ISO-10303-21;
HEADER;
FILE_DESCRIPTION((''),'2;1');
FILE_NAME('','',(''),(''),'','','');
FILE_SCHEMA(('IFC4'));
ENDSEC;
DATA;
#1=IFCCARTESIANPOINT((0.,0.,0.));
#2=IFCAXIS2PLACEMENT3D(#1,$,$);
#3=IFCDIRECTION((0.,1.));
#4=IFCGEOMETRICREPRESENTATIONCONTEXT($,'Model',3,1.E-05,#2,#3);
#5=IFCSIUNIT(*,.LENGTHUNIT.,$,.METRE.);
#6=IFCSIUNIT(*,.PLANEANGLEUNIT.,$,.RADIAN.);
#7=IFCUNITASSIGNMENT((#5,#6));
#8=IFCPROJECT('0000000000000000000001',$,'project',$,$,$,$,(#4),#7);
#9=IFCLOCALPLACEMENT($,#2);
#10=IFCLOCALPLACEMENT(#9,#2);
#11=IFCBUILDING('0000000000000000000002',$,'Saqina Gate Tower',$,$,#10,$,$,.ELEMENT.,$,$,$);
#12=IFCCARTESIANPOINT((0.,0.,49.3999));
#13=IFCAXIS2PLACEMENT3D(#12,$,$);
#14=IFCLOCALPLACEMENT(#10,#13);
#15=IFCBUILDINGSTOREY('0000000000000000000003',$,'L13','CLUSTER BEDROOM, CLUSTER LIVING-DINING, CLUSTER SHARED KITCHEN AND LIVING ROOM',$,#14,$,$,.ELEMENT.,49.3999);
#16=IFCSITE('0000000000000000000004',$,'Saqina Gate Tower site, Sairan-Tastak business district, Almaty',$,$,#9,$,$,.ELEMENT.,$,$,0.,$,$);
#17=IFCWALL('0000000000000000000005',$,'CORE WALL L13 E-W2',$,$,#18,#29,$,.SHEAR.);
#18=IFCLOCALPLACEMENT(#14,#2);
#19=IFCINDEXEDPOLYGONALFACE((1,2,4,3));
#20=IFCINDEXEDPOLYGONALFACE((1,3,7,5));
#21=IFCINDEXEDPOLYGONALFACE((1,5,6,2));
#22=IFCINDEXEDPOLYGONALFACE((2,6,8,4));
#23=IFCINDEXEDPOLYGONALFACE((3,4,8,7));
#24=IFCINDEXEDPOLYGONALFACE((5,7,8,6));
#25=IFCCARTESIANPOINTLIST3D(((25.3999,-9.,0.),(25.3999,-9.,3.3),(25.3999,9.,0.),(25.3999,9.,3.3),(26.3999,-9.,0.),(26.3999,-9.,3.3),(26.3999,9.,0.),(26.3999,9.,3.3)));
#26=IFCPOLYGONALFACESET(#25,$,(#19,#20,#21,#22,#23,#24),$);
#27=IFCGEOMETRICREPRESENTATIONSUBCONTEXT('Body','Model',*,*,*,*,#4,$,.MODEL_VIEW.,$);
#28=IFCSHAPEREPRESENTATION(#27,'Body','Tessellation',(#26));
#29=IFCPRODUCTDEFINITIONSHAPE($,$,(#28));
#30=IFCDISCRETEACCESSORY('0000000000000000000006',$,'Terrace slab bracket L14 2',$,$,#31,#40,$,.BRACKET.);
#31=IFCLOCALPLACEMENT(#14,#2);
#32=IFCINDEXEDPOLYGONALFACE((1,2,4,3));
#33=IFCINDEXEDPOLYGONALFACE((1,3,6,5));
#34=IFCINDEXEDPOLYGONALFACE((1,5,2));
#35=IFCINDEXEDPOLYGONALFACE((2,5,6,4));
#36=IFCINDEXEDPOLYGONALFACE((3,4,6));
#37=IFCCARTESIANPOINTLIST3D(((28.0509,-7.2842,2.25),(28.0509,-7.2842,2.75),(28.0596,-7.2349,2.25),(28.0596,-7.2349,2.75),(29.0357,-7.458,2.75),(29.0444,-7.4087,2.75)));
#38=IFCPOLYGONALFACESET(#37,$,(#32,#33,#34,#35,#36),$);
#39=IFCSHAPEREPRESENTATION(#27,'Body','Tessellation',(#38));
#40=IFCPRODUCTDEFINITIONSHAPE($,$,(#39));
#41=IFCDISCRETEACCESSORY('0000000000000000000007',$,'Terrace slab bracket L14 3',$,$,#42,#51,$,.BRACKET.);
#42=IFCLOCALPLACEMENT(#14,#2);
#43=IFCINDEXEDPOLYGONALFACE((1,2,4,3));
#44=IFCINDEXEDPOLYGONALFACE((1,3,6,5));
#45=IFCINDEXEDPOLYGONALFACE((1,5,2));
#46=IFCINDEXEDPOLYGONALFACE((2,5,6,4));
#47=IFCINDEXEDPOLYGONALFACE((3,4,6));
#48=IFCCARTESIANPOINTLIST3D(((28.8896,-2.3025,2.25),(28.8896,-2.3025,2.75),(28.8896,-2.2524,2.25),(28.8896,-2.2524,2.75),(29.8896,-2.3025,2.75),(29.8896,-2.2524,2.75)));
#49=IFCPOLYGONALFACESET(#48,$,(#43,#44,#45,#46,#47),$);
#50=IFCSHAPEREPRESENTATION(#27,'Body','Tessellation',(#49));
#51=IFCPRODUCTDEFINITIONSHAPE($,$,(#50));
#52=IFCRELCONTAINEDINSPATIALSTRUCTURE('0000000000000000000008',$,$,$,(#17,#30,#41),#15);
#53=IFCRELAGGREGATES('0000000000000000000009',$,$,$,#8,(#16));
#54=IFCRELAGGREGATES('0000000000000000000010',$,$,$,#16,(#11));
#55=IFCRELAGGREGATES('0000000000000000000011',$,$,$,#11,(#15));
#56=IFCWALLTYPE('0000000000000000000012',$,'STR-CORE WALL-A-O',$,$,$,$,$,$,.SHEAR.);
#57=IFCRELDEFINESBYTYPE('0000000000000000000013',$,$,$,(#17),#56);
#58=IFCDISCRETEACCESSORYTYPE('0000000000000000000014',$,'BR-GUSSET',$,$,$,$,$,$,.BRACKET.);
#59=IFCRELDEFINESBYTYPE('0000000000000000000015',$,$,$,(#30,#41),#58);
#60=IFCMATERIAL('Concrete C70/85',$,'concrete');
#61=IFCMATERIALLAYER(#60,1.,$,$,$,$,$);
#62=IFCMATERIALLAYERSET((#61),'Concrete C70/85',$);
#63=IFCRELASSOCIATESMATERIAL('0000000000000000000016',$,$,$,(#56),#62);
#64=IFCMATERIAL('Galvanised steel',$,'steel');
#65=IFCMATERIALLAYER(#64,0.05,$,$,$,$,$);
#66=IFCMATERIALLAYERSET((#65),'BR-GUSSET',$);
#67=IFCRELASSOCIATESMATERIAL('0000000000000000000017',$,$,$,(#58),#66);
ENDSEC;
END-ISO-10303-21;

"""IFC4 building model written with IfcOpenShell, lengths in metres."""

from ifc_helpers import new_model, si_unit, direction, frame, frame_2d, origin, place, context, subcontext, project, spatial, polyline, rectangle, outline, extrude, material, layer, layer_set, type_object, element, save


model = new_model("IFC4")

# Units and contexts
model_context = context("Model", 3, precision=1e-05, world=origin(), true_north=direction((0.0, 1.0)))
body_context = subcontext(model_context, "Body", "Model", "MODEL_VIEW")
ifc_project = project(units=[si_unit("LENGTHUNIT", "METRE"), si_unit("PLANEANGLEUNIT", "RADIAN")], contexts=[model_context])

# Site, building, storey
site_placement = place(None, origin())
site = spatial("IfcSite", under=ifc_project, at=site_placement, Name="Saqina Gate Tower site, Sairan-Tastak business district, Almaty", CompositionType="ELEMENT", RefElevation=0.0)
building_placement = place(site_placement, origin())
building = spatial("IfcBuilding", under=site, at=building_placement, Name="Saqina Gate Tower", CompositionType="ELEMENT")
storey_placement = place(building_placement, frame((0.0, 0.0, 49.3999)))
storey = spatial("IfcBuildingStorey", under=building, at=storey_placement, Name="L13", Description="CLUSTER BEDROOM, CLUSTER LIVING-DINING, CLUSTER SHARED KITCHEN AND LIVING ROOM", CompositionType="ELEMENT", Elevation=49.3999)

# Wall
ifc_material_1 = material(Name="Concrete C70/85", Category="concrete")
ifc_layer_1 = layer(ifc_material_1, 1.0)
ifc_layer_set_1 = layer_set([ifc_layer_1], Name="Concrete C70/85")
wall_type_1 = type_object("IfcWallType", Name="STR-CORE WALL-A-O", PredefinedType="SHEAR", material=ifc_layer_set_1)
wall_1_placement = place(storey_placement, frame((25.8999, -9.0, 0.0), z_axis=(0.0, 0.0, 1.0), x_axis=(0.0, 1.0, 0.0)))
element("IfcWall", 1, at=wall_1_placement, inside=storey, type_object=wall_type_1, Name="CORE WALL L13 E-W2", PredefinedType="SHEAR", context=body_context, shape_type="SweptSolid", body=[
    extrude(rectangle(XDim=18.0, YDim=1.0, at=frame_2d((9.0, 0.0))), origin(), (0.0, 0.0, 1.0), 3.3),
])

# Discrete accessories
ifc_material_2 = material(Name="Galvanised steel", Category="steel")
ifc_layer_2 = layer(ifc_material_2, 0.05)
ifc_layer_set_2 = layer_set([ifc_layer_2], Name="BR-GUSSET")
discrete_accessory_type = type_object("IfcDiscreteAccessoryType", Name="BR-GUSSET", PredefinedType="BRACKET", material=ifc_layer_set_2)
discrete_accessory_1_placement = place(storey_placement, frame((28.0596, -7.2349, 2.25), z_axis=(0.173813, 0.984779, 0.0), x_axis=(0.0, 0.0, 1.0)))
element("IfcDiscreteAccessory", 2, at=discrete_accessory_1_placement, inside=storey, type_object=discrete_accessory_type, Name="Terrace slab bracket L14 2", PredefinedType="BRACKET", context=body_context, shape_type="SweptSolid", body=[
    extrude(outline(polyline([(0.0, 0.0), (0.5, 0.0), (0.5, 1.0001), (0.0, 0.0)])), origin(), (0.0, 0.0, -1.0), 0.05),
])
discrete_accessory_2_placement = place(storey_placement, frame((28.8896, -2.2524, 2.25), z_axis=(0.0, 1.0, 0.0), x_axis=(0.0, 0.0, 1.0)))
element("IfcDiscreteAccessory", 3, at=discrete_accessory_2_placement, inside=storey, type_object=discrete_accessory_type, Name="Terrace slab bracket L14 3", PredefinedType="BRACKET", context=body_context, shape_type="SweptSolid", body=[
    extrude(outline(polyline([(0.0, 0.0), (0.5, 0.0), (0.5, 1.0), (0.0, 0.0)])), origin(), (0.0, 0.0, -1.0), 0.05),
])

save(model, "model.ifc")
